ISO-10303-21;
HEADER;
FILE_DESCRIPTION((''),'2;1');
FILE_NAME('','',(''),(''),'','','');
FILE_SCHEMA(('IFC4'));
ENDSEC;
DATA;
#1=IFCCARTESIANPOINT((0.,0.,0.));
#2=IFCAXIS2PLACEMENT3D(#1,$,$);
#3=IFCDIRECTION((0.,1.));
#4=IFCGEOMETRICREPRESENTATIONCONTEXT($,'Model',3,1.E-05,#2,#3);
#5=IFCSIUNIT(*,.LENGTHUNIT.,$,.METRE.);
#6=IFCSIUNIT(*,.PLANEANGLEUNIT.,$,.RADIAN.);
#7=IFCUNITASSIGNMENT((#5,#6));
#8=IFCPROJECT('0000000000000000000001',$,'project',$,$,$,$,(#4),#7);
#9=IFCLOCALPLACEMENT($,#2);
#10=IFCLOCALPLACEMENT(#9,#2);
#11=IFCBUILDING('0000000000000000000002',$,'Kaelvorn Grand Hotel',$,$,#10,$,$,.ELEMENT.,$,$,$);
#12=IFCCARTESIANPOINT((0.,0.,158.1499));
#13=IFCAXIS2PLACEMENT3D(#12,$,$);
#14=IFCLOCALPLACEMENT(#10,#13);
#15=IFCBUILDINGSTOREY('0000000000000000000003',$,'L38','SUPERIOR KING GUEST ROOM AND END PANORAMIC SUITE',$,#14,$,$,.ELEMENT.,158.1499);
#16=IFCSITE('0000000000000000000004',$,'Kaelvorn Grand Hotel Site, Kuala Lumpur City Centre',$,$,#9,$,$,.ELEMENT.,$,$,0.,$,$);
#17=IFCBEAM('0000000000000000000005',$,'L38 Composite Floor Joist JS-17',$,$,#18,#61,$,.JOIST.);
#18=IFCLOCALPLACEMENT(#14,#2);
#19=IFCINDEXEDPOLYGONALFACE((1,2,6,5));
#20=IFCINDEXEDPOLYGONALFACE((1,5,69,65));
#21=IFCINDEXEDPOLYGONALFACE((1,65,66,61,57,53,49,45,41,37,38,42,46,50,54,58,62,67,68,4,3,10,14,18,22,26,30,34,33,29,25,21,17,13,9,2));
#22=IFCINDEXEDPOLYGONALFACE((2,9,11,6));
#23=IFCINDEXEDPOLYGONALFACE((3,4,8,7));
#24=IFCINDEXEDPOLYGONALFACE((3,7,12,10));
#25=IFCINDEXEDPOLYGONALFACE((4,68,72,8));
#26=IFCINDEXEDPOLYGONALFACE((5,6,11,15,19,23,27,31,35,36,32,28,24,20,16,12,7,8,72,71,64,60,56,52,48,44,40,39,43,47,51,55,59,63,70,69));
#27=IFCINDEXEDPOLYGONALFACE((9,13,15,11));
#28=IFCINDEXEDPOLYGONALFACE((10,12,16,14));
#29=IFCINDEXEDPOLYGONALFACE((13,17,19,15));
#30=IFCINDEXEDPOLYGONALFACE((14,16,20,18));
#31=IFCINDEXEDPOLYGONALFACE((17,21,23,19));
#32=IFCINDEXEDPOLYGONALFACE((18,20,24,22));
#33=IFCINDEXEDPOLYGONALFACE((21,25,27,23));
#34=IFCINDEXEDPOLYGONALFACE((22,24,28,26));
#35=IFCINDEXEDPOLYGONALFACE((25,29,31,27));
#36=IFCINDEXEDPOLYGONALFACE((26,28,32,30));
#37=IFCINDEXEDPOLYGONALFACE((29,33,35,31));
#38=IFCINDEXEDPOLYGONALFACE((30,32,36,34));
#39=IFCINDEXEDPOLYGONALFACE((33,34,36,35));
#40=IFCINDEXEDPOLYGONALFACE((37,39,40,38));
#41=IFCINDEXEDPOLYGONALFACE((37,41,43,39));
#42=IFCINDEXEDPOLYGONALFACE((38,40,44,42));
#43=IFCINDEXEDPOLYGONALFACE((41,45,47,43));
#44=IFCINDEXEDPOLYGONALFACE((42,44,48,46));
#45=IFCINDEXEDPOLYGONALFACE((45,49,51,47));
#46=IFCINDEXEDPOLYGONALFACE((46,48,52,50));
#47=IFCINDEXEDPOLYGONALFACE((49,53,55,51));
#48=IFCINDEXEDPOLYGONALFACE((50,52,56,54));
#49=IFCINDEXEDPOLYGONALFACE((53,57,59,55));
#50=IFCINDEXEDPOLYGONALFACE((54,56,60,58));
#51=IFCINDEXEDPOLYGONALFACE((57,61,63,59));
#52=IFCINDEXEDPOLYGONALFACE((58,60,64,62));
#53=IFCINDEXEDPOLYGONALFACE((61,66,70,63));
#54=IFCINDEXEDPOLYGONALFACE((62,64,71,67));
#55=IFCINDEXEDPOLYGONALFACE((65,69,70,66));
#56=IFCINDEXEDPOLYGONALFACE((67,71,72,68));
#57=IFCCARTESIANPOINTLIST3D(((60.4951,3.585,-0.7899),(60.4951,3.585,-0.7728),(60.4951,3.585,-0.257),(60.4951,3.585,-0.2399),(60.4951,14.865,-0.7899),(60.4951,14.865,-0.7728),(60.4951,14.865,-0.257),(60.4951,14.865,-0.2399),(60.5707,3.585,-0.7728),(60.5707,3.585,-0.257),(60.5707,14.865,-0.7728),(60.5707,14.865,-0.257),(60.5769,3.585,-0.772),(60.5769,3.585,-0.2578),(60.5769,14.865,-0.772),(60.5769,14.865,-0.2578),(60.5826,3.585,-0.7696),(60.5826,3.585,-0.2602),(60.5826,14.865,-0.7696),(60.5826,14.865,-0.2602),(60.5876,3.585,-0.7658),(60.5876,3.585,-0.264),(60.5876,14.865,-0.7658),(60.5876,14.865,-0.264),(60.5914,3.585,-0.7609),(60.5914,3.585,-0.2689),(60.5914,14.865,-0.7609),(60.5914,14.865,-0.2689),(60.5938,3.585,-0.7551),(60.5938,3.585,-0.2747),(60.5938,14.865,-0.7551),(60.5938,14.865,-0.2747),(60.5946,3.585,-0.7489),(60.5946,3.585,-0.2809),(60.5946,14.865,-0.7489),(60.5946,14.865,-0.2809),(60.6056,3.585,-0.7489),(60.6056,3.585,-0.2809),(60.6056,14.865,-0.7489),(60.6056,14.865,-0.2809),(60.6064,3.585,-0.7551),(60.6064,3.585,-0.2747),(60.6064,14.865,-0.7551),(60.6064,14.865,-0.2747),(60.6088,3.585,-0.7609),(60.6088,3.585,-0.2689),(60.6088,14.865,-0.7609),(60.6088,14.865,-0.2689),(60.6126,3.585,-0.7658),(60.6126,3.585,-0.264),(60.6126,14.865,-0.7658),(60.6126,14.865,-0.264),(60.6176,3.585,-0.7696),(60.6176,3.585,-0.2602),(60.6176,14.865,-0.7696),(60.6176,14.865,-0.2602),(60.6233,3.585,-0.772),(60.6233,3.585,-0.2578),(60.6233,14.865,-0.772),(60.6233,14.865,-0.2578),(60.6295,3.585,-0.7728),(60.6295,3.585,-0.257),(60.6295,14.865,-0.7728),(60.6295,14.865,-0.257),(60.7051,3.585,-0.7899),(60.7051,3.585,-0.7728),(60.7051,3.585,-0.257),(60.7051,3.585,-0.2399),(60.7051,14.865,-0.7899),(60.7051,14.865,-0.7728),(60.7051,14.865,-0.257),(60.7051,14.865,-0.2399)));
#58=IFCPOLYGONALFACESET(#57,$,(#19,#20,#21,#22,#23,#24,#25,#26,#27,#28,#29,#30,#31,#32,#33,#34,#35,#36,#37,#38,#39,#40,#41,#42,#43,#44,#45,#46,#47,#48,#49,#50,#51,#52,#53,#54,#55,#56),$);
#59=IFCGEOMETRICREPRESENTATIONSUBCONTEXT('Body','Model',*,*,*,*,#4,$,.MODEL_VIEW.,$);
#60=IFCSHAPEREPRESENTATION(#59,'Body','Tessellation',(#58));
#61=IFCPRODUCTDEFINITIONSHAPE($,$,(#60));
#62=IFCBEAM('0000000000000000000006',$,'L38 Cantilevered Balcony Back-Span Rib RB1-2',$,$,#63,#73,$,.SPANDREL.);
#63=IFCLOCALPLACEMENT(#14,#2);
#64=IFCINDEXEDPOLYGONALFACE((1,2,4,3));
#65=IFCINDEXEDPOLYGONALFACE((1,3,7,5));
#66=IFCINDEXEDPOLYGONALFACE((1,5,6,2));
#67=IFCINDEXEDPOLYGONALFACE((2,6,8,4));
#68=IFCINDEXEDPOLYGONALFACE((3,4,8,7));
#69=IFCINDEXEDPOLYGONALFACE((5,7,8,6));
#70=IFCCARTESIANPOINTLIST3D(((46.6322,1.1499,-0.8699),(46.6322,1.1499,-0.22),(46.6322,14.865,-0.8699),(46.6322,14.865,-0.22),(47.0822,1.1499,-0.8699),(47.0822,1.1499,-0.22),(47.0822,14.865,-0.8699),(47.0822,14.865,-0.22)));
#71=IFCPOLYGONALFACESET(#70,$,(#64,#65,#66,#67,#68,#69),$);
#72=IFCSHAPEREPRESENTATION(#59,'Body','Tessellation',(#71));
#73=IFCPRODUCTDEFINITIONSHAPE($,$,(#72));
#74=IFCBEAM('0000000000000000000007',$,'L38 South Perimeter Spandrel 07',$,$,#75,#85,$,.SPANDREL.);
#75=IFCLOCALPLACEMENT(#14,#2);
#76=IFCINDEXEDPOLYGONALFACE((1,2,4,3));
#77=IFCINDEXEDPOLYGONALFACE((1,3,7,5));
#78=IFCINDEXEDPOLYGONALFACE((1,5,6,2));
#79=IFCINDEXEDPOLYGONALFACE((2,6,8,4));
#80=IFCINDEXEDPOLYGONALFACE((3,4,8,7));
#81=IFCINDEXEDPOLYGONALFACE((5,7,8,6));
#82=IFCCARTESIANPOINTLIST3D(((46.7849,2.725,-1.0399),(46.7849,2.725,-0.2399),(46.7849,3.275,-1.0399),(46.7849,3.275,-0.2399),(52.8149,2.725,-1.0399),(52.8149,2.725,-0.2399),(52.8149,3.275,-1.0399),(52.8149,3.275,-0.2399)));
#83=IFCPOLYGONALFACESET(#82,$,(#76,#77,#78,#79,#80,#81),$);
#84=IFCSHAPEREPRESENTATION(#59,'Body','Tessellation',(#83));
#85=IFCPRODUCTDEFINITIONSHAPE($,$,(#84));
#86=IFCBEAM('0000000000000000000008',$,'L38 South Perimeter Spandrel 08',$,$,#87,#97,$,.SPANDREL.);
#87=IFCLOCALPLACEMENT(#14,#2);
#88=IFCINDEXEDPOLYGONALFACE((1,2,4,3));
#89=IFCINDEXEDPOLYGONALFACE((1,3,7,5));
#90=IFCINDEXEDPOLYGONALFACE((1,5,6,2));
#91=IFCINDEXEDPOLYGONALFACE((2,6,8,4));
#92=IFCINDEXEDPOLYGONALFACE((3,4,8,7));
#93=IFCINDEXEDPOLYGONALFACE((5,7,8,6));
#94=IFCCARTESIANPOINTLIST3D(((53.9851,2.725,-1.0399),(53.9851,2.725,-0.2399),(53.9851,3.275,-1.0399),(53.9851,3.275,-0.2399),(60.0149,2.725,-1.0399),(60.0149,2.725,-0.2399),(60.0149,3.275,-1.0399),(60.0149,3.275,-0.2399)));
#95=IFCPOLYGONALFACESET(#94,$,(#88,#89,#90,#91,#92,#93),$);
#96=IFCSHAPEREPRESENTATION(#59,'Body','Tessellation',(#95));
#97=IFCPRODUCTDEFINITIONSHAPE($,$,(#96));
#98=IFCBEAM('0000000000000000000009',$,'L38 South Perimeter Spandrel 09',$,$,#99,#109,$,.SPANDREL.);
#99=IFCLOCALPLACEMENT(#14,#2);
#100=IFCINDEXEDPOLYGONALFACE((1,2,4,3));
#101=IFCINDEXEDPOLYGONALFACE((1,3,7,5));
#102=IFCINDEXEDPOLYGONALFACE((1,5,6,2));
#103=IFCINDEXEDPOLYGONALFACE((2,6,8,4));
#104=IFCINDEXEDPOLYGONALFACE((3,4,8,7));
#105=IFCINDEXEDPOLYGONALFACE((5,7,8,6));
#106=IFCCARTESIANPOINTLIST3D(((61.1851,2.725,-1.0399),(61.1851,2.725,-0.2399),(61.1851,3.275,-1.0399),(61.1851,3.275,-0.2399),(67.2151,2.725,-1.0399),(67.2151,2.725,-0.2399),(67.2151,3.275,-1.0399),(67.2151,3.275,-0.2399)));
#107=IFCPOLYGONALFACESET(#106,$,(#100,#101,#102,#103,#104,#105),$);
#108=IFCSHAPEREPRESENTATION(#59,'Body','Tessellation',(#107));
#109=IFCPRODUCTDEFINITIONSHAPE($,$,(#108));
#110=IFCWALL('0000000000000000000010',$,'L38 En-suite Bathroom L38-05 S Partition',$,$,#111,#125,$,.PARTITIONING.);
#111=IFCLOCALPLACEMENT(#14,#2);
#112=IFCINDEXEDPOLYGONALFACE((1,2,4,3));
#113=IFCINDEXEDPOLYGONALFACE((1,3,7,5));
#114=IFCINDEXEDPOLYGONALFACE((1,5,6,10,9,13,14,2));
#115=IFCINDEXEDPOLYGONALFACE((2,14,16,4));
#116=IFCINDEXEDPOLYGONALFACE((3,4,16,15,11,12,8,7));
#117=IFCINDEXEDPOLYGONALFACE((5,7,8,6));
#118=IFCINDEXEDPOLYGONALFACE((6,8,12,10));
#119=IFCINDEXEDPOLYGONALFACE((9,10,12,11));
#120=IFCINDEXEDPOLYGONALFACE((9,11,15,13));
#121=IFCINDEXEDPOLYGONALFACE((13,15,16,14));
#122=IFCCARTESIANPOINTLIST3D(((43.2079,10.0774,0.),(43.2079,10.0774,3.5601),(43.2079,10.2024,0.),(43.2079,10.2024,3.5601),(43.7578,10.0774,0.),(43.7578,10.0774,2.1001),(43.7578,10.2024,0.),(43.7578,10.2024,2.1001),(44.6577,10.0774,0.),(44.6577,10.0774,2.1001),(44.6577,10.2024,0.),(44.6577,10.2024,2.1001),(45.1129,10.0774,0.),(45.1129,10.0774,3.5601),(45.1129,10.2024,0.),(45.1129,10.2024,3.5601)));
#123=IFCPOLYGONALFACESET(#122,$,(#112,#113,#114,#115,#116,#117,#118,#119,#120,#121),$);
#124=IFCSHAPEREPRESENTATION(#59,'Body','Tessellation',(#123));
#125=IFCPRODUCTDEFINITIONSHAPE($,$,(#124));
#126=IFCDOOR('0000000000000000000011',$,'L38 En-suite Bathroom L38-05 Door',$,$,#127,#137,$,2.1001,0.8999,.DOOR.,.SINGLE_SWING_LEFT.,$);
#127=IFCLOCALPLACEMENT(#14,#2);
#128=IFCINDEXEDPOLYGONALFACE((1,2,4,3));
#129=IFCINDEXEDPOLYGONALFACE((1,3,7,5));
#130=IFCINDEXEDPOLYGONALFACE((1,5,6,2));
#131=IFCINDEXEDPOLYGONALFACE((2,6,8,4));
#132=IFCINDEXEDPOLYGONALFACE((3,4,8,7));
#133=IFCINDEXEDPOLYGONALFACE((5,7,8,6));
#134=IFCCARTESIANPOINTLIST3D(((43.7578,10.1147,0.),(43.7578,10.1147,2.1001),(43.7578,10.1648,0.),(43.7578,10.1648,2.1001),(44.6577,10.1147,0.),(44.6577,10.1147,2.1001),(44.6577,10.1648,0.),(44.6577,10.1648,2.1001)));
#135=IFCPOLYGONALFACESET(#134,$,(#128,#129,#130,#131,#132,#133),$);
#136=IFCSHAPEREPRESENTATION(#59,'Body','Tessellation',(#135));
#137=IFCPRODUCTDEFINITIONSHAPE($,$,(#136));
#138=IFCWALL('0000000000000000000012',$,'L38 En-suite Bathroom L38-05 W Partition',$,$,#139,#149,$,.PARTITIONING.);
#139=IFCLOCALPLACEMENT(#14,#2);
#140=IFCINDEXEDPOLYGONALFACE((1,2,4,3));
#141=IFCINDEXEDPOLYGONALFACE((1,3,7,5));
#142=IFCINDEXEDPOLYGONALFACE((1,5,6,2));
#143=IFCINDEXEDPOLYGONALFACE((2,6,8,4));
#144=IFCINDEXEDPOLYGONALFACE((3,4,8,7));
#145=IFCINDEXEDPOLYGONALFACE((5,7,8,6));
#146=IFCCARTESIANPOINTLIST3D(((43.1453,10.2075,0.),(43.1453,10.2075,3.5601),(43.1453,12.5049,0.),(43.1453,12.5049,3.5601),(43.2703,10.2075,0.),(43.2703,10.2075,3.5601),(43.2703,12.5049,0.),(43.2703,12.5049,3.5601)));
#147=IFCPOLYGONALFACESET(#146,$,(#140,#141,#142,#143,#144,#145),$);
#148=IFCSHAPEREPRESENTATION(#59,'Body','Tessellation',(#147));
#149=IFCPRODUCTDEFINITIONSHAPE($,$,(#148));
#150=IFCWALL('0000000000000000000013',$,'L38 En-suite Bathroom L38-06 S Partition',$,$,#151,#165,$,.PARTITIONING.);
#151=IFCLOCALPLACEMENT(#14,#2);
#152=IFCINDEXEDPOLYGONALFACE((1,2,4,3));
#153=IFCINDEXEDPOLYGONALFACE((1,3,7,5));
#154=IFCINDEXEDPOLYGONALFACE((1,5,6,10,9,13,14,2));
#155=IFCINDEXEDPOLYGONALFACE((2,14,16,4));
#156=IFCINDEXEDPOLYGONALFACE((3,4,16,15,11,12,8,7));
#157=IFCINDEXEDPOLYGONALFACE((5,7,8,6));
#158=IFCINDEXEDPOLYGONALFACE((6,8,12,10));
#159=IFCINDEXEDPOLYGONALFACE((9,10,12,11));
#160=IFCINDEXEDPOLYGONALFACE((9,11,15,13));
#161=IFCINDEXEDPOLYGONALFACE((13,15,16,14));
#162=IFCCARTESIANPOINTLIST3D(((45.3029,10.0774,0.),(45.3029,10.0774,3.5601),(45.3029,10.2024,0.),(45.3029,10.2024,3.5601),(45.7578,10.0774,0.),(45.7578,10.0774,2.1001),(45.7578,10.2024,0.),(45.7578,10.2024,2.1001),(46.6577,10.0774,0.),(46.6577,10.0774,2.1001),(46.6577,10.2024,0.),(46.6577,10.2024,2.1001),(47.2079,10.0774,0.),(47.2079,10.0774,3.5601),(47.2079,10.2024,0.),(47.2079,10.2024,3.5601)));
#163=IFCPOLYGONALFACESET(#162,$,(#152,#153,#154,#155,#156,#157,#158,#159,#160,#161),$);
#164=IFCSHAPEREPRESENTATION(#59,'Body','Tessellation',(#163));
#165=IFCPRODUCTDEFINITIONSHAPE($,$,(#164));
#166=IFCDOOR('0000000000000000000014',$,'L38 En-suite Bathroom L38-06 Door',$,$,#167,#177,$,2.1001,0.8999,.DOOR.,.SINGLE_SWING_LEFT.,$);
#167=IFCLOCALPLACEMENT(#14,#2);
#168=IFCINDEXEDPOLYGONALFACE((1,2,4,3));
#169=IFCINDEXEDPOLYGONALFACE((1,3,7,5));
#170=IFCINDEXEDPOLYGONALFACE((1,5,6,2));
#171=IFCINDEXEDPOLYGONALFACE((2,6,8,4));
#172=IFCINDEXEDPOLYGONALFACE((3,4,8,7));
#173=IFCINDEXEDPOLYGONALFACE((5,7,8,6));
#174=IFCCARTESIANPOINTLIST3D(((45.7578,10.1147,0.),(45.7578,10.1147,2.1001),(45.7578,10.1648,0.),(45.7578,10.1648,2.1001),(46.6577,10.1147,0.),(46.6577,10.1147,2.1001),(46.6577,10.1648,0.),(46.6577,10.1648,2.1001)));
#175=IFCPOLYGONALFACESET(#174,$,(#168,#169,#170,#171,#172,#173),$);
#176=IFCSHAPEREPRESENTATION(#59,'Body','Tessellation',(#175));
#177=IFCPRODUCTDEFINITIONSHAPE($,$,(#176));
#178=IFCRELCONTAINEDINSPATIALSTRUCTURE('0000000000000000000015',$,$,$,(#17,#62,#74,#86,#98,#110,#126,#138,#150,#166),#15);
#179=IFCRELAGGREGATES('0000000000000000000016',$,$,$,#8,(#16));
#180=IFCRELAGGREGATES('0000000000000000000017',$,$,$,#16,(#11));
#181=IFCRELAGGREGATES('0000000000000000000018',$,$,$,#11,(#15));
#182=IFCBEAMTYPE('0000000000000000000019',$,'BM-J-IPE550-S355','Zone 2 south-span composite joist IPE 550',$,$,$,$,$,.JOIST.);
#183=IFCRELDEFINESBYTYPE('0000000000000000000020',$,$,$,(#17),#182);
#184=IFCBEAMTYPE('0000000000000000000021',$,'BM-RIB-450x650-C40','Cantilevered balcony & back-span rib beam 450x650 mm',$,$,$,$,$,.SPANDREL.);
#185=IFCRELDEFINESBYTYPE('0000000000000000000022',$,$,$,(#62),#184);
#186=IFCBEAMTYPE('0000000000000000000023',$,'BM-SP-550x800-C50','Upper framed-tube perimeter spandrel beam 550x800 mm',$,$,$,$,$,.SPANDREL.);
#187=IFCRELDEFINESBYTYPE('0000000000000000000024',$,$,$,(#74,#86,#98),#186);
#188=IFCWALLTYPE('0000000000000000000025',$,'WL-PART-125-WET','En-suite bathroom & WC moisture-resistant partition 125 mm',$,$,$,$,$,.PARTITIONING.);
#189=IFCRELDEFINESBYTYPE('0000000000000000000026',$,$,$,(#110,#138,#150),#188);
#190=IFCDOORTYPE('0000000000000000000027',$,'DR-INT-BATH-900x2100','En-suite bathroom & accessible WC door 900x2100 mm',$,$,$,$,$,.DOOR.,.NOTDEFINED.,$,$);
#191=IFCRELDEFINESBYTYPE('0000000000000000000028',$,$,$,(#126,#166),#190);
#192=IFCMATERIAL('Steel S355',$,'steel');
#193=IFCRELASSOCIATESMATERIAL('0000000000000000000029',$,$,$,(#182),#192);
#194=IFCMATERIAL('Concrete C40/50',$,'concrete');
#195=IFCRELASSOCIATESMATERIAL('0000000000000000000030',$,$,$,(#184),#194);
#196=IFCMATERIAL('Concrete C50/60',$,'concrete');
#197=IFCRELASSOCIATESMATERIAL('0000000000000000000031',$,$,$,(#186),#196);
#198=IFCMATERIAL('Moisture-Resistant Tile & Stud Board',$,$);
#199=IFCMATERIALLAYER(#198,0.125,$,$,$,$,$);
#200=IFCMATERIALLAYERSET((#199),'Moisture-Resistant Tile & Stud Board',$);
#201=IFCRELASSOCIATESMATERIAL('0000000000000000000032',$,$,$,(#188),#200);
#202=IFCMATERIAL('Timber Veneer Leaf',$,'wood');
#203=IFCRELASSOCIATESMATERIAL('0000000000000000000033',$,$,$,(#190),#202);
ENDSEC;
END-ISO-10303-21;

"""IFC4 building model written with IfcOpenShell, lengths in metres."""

from ifc_helpers import new_model, si_unit, direction, frame, frame_2d, origin, origin_2d, place, context, subcontext, project, spatial, rectangle, i_section, extrude, material, layer, layer_set, material_profile, profile_set, type_object, element, fill, save


model = new_model("IFC4")

# Units and contexts
model_context = context("Model", 3, precision=1e-05, world=origin(), true_north=direction((0.0, 1.0)))
body_context = subcontext(model_context, "Body", "Model", "MODEL_VIEW")
ifc_project = project(units=[si_unit("LENGTHUNIT", "METRE"), si_unit("PLANEANGLEUNIT", "RADIAN")], contexts=[model_context])

# Site, building, storey
site_placement = place(None, origin())
site = spatial("IfcSite", under=ifc_project, at=site_placement, Name="Kaelvorn Grand Hotel Site, Kuala Lumpur City Centre", CompositionType="ELEMENT", RefElevation=0.0)
building_placement = place(site_placement, origin())
building = spatial("IfcBuilding", under=site, at=building_placement, Name="Kaelvorn Grand Hotel", CompositionType="ELEMENT")
storey_placement = place(building_placement, frame((0.0, 0.0, 158.1499)))
storey = spatial("IfcBuildingStorey", under=building, at=storey_placement, Name="L38", Description="SUPERIOR KING GUEST ROOM AND END PANORAMIC SUITE", CompositionType="ELEMENT", Elevation=158.1499)

# Beams
ifc_material_1 = material(Name="Steel S355", Category="steel")
ifc_material_profile_1 = material_profile(ifc_material_1, i_section(OverallWidth=0.21, OverallDepth=0.55, WebThickness=0.011, FlangeThickness=0.0171, FilletRadius=0.0239, at=origin_2d()), Name="IPE 550")
ifc_profile_set_1 = profile_set([ifc_material_profile_1], Name="Steel S355")
beam_type_1 = type_object("IfcBeamType", Name="BM-J-IPE550-S355", Description="Zone 2 south-span composite joist IPE 550", PredefinedType="JOIST", material=ifc_profile_set_1)
beam_1_placement = place(storey_placement, frame((60.6001, 3.585, -0.5149), z_axis=(0.0, 1.0, 0.0), x_axis=(-1.0, 0.0, 0.0)))
element("IfcBeam", 1, at=beam_1_placement, inside=storey, type_object=beam_type_1, Name="L38 Composite Floor Joist JS-17", PredefinedType="JOIST", context=body_context, shape_type="SweptSolid", body=[
    extrude(i_section(OverallWidth=0.21, OverallDepth=0.55, WebThickness=0.011, FlangeThickness=0.0171, FilletRadius=0.0239, at=origin_2d()), origin(), (0.0, 0.0, 1.0), 11.28),
])
ifc_material_2 = material(Name="Concrete C40/50", Category="concrete")
ifc_material_profile_2 = material_profile(ifc_material_2, rectangle(XDim=0.45, YDim=0.6499, at=origin_2d()), Name="RC RIB 450x650")
ifc_profile_set_2 = profile_set([ifc_material_profile_2], Name="Concrete C40/50")
beam_type_2 = type_object("IfcBeamType", Name="BM-RIB-450x650-C40", Description="Cantilevered balcony & back-span rib beam 450x650 mm", PredefinedType="SPANDREL", material=ifc_profile_set_2)
beam_2_placement = place(storey_placement, frame((46.8572, 1.1499, -0.5449), z_axis=(0.0, 1.0, 0.0), x_axis=(-1.0, 0.0, 0.0)))
element("IfcBeam", 2, at=beam_2_placement, inside=storey, type_object=beam_type_2, Name="L38 Cantilevered Balcony Back-Span Rib RB1-2", PredefinedType="SPANDREL", context=body_context, shape_type="SweptSolid", body=[
    extrude(rectangle(XDim=0.45, YDim=0.6499, at=origin_2d()), origin(), (0.0, 0.0, 1.0), 13.7151),
])
ifc_material_3 = material(Name="Concrete C50/60", Category="concrete")
ifc_material_profile_3 = material_profile(ifc_material_3, rectangle(XDim=0.55, YDim=0.8, at=origin_2d()), Name="RC SPANDREL 550x800")
ifc_profile_set_3 = profile_set([ifc_material_profile_3], Name="Concrete C50/60")
beam_type_3 = type_object("IfcBeamType", Name="BM-SP-550x800-C50", Description="Upper framed-tube perimeter spandrel beam 550x800 mm", PredefinedType="SPANDREL", material=ifc_profile_set_3)
beam_3_placement = place(storey_placement, frame((46.7849, 3.0, -0.6399), z_axis=(1.0, 0.0, 0.0), x_axis=(0.0, 1.0, 0.0)))
element("IfcBeam", 3, at=beam_3_placement, inside=storey, type_object=beam_type_3, Name="L38 South Perimeter Spandrel 07", PredefinedType="SPANDREL", context=body_context, shape_type="SweptSolid", body=[
    extrude(rectangle(XDim=0.55, YDim=0.8, at=origin_2d()), origin(), (0.0, 0.0, 1.0), 6.03),
])
beam_4_placement = place(storey_placement, frame((53.9851, 3.0, -0.6399), z_axis=(1.0, 0.0, 0.0), x_axis=(0.0, 1.0, 0.0)))
element("IfcBeam", 4, at=beam_4_placement, inside=storey, type_object=beam_type_3, Name="L38 South Perimeter Spandrel 08", PredefinedType="SPANDREL", context=body_context, shape_type="SweptSolid", body=[
    extrude(rectangle(XDim=0.55, YDim=0.8, at=origin_2d()), origin(), (0.0, 0.0, 1.0), 6.0298),
])
beam_5_placement = place(storey_placement, frame((61.1851, 3.0, -0.6399), z_axis=(1.0, 0.0, 0.0), x_axis=(0.0, 1.0, 0.0)))
element("IfcBeam", 5, at=beam_5_placement, inside=storey, type_object=beam_type_3, Name="L38 South Perimeter Spandrel 09", PredefinedType="SPANDREL", context=body_context, shape_type="SweptSolid", body=[
    extrude(rectangle(XDim=0.55, YDim=0.8, at=origin_2d()), origin(), (0.0, 0.0, 1.0), 6.03),
])

# Wall, opening, door
ifc_material_4 = material(Name="Moisture-Resistant Tile & Stud Board")
ifc_layer_1 = layer(ifc_material_4, 0.125)
ifc_layer_set_1 = layer_set([ifc_layer_1], Name="Moisture-Resistant Tile & Stud Board")
wall_type_1 = type_object("IfcWallType", Name="WL-PART-125-WET", Description="En-suite bathroom & WC moisture-resistant partition 125 mm", PredefinedType="PARTITIONING", material=ifc_layer_set_1)
wall_1_placement = place(storey_placement, frame((43.2078, 10.1399, 0.0), z_axis=(0.0, 0.0, 1.0), x_axis=(1.0, 0.0, 0.0)))
wall_1 = element("IfcWall", 6, at=wall_1_placement, inside=storey, type_object=wall_type_1, Name="L38 En-suite Bathroom L38-05 S Partition", PredefinedType="PARTITIONING", context=body_context, shape_type="SweptSolid", body=[
    extrude(rectangle(XDim=1.905, YDim=0.125, at=frame_2d((0.9526, 0.0))), origin(), (0.0, 0.0, 1.0), 3.5601),
])
opening_1_placement = place(wall_1_placement, frame((0.55, 0.0, 0.0)))
opening_1 = element("IfcOpeningElement", 7, at=opening_1_placement, cuts=wall_1, PredefinedType="OPENING", context=body_context, shape_type="SweptSolid", body=[
    extrude(rectangle(XDim=0.8999, YDim=2.1001, at=frame_2d((0.45, 1.05))), frame((0.0, 0.0725, 0.0), z_axis=(0.0, -1.0, 0.0), x_axis=(1.0, 0.0, 0.0)), (0.0, 0.0, 1.0), 0.145),
])
ifc_material_5 = material(Name="Timber Veneer Leaf", Category="wood")
door_type = type_object("IfcDoorType", Name="DR-INT-BATH-900x2100", Description="En-suite bathroom & accessible WC door 900x2100 mm", OperationType="NOTDEFINED", PredefinedType="DOOR", material=ifc_material_5)
door_1_placement = place(opening_1_placement, origin())
door_1 = element("IfcDoor", 8, at=door_1_placement, inside=storey, type_object=door_type, Name="L38 En-suite Bathroom L38-05 Door", OperationType="SINGLE_SWING_LEFT", OverallHeight=2.1001, OverallWidth=0.8999, PredefinedType="DOOR", context=body_context, shape_type="SweptSolid", body=[
    extrude(rectangle(XDim=0.8999, YDim=2.1001, at=frame_2d((0.45, 1.05))), frame((0.0, 0.0249, 0.0), z_axis=(0.0, -1.0, 0.0), x_axis=(1.0, 0.0, 0.0)), (0.0, 0.0, 1.0), 0.05),
])
fill(opening_1, door_1)

# Wall
wall_2_placement = place(storey_placement, frame((43.2078, 10.2075, 0.0), z_axis=(0.0, 0.0, 1.0), x_axis=(0.0, 1.0, 0.0)))
element("IfcWall", 9, at=wall_2_placement, inside=storey, type_object=wall_type_1, Name="L38 En-suite Bathroom L38-05 W Partition", PredefinedType="PARTITIONING", context=body_context, shape_type="SweptSolid", body=[
    extrude(rectangle(XDim=2.2974, YDim=0.125, at=frame_2d((1.1487, 0.0))), origin(), (0.0, 0.0, 1.0), 3.5601),
])

# Wall, opening, door
wall_3_placement = place(storey_placement, frame((45.3027, 10.1399, 0.0), z_axis=(0.0, 0.0, 1.0), x_axis=(1.0, 0.0, 0.0)))
wall_3 = element("IfcWall", 10, at=wall_3_placement, inside=storey, type_object=wall_type_1, Name="L38 En-suite Bathroom L38-06 S Partition", PredefinedType="PARTITIONING", context=body_context, shape_type="SweptSolid", body=[
    extrude(rectangle(XDim=1.905, YDim=0.125, at=frame_2d((0.9526, 0.0))), origin(), (0.0, 0.0, 1.0), 3.5601),
])
opening_2_placement = place(wall_3_placement, frame((0.4551, 0.0, 0.0)))
opening_2 = element("IfcOpeningElement", 11, at=opening_2_placement, cuts=wall_3, PredefinedType="OPENING", context=body_context, shape_type="SweptSolid", body=[
    extrude(rectangle(XDim=0.8999, YDim=2.1001, at=frame_2d((0.45, 1.05))), frame((0.0, 0.0725, 0.0), z_axis=(0.0, -1.0, 0.0), x_axis=(1.0, 0.0, 0.0)), (0.0, 0.0, 1.0), 0.145),
])
door_2_placement = place(opening_2_placement, origin())
door_2 = element("IfcDoor", 12, at=door_2_placement, inside=storey, type_object=door_type, Name="L38 En-suite Bathroom L38-06 Door", OperationType="SINGLE_SWING_LEFT", OverallHeight=2.1001, OverallWidth=0.8999, PredefinedType="DOOR", context=body_context, shape_type="SweptSolid", body=[
    extrude(rectangle(XDim=0.8999, YDim=2.1001, at=frame_2d((0.45, 1.05))), frame((0.0, 0.0249, 0.0), z_axis=(0.0, -1.0, 0.0), x_axis=(1.0, 0.0, 0.0)), (0.0, 0.0, 1.0), 0.05),
])
fill(opening_2, door_2)

save(model, "model.ifc")
